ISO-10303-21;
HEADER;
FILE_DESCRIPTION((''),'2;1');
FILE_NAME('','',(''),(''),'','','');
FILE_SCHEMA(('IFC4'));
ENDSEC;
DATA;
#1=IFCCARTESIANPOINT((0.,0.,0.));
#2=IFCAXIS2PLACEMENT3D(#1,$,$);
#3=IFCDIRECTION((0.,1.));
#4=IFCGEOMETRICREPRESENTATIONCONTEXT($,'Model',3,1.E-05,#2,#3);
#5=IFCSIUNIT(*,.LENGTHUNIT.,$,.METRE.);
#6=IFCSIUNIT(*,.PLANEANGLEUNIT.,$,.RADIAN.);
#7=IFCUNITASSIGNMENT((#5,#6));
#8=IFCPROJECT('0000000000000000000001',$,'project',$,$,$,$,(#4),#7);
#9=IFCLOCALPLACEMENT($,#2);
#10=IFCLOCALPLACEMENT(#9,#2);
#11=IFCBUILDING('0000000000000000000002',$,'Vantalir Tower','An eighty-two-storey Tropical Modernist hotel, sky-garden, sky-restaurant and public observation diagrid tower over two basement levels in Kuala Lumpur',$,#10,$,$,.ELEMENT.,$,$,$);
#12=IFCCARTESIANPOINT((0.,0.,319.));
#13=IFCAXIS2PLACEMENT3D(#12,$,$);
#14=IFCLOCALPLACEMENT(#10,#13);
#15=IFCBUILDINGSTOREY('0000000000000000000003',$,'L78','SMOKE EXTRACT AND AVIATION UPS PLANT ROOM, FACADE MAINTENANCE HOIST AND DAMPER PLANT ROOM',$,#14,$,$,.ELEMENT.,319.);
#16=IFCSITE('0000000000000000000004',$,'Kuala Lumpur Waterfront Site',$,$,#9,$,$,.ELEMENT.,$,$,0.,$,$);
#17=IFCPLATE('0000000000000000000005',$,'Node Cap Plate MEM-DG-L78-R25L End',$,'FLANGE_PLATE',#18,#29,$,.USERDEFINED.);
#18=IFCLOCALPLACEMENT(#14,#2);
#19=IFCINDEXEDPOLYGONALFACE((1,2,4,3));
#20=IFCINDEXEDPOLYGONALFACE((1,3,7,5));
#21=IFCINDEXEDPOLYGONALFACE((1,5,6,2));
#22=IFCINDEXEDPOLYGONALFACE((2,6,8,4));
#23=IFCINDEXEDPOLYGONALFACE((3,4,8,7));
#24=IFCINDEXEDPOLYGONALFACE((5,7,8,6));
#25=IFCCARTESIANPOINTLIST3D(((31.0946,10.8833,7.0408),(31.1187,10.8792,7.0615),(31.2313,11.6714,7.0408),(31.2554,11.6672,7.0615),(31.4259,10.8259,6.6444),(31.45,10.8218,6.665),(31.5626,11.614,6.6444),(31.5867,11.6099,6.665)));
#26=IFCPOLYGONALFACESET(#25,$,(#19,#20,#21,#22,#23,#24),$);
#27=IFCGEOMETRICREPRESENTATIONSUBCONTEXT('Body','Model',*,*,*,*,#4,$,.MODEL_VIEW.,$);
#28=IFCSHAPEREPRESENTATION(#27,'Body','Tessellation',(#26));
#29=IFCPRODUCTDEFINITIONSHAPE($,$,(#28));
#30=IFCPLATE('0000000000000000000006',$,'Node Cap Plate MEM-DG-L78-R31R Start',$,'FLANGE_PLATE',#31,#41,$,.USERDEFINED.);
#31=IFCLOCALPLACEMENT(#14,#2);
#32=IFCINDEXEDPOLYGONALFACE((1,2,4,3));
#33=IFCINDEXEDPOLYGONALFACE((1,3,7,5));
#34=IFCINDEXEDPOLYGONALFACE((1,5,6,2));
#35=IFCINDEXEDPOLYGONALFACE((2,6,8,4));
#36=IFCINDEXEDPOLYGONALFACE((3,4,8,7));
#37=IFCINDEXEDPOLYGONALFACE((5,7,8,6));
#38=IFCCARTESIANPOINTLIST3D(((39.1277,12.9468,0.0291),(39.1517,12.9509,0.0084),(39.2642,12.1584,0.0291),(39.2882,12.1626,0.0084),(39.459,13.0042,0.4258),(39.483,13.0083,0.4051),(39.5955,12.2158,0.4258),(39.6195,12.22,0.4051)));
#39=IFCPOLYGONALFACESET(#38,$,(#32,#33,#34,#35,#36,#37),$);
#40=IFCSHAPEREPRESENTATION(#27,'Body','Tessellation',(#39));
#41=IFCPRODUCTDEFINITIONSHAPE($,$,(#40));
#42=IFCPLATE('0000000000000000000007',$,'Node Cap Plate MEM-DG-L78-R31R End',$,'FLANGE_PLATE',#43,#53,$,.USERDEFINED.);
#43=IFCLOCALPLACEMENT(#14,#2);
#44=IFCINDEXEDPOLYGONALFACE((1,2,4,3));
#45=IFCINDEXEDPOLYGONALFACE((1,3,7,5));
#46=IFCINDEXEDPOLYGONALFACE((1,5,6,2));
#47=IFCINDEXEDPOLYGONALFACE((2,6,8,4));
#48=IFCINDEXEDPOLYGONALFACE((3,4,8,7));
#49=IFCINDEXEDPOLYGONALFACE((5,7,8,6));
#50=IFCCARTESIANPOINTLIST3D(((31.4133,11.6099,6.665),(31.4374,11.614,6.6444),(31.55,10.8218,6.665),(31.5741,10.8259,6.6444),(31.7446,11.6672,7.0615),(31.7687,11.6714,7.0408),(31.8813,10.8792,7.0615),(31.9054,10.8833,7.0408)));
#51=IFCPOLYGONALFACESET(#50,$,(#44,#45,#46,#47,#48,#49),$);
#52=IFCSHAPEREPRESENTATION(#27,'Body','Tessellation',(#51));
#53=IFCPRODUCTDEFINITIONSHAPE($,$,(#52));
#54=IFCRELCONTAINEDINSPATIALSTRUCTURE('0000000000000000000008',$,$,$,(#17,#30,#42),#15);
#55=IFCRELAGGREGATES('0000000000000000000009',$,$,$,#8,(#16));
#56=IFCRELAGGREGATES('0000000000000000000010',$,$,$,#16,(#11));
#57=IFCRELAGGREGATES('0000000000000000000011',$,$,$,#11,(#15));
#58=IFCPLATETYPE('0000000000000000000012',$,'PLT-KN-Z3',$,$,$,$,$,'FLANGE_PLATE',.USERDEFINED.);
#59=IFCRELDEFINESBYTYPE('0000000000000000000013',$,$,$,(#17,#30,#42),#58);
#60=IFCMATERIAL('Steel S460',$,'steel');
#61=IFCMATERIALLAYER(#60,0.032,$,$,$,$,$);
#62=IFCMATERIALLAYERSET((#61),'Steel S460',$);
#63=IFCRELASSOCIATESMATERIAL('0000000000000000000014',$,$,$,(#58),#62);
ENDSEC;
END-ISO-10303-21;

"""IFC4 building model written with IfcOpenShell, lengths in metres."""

from ifc_helpers import new_model, si_unit, direction, frame, origin, place, context, subcontext, project, spatial, polyline, outline, extrude, material, layer, layer_set, type_object, element, save


model = new_model("IFC4")

# Units and contexts
model_context = context("Model", 3, precision=1e-05, world=origin(), true_north=direction((0.0, 1.0)))
body_context = subcontext(model_context, "Body", "Model", "MODEL_VIEW")
ifc_project = project(units=[si_unit("LENGTHUNIT", "METRE"), si_unit("PLANEANGLEUNIT", "RADIAN")], contexts=[model_context])

# Site, building, storey
site_placement = place(None, origin())
site = spatial("IfcSite", under=ifc_project, at=site_placement, Name="Kuala Lumpur Waterfront Site", CompositionType="ELEMENT", RefElevation=0.0)
building_placement = place(site_placement, origin())
building = spatial("IfcBuilding", under=site, at=building_placement, Name="Vantalir Tower", Description="An eighty-two-storey Tropical Modernist hotel, sky-garden, sky-restaurant and public observation diagrid tower over two basement levels in Kuala Lumpur", CompositionType="ELEMENT")
storey_placement = place(building_placement, frame((0.0, 0.0, 319.0)))
storey = spatial("IfcBuildingStorey", under=building, at=storey_placement, Name="L78", Description="SMOKE EXTRACT AND AVIATION UPS PLANT ROOM, FACADE MAINTENANCE HOIST AND DAMPER PLANT ROOM", CompositionType="ELEMENT", Elevation=319.0)

# Shared definitions
ifc_material_1 = material(Name="Steel S460", Category="steel")

# Plates
ifc_layer_1 = layer(ifc_material_1, 0.032)
ifc_layer_set_1 = layer_set([ifc_layer_1], Name="Steel S460")
plate_type_1 = type_object("IfcPlateType", Name="PLT-KN-Z3", ElementType="FLANGE_PLATE", PredefinedType="USERDEFINED", material=ifc_layer_set_1)
plate_1_placement = place(storey_placement, frame((31.45, 10.8218, 6.665), z_axis=(0.751457, -0.130364, 0.646775), x_axis=(0.170929, 0.985283, 0.0)))
element("IfcPlate", 1, at=plate_1_placement, inside=storey, type_object=plate_type_1, Name="Node Cap Plate MEM-DG-L78-R25L End", ObjectType="FLANGE_PLATE", PredefinedType="USERDEFINED", context=body_context, shape_type="SweptSolid", body=[
    extrude(outline(polyline([(0.0, 0.0), (0.7999, 0.0), (0.7998, 0.5199), (-0.0001, 0.5199), (0.0, 0.0)])), origin(), (0.0, 0.0, -1.0), 0.032),
])
plate_2_placement = place(storey_placement, frame((39.1277, 12.9468, 0.0291), z_axis=(-0.751696, -0.130133, 0.646543), x_axis=(0.170581, -0.985344, 0.0)))
element("IfcPlate", 2, at=plate_2_placement, inside=storey, type_object=plate_type_1, Name="Node Cap Plate MEM-DG-L78-R31R Start", ObjectType="FLANGE_PLATE", PredefinedType="USERDEFINED", context=body_context, shape_type="SweptSolid", body=[
    extrude(outline(polyline([(0.0, 0.0), (0.8001, 0.0), (0.8, 0.52), (0.0, 0.52), (0.0, 0.0)])), origin(), (0.0, 0.0, -1.0), 0.032),
])
plate_3_placement = place(storey_placement, frame((31.4133, 11.6099, 6.665), z_axis=(-0.751457, -0.130364, 0.646775), x_axis=(0.170929, -0.985283, 0.0)))
element("IfcPlate", 3, at=plate_3_placement, inside=storey, type_object=plate_type_1, Name="Node Cap Plate MEM-DG-L78-R31R End", ObjectType="FLANGE_PLATE", PredefinedType="USERDEFINED", context=body_context, shape_type="SweptSolid", body=[
    extrude(outline(polyline([(0.0, 0.0), (0.7999, 0.0), (0.8, 0.5199), (0.0001, 0.5199), (0.0, 0.0)])), origin(), (0.0, 0.0, -1.0), 0.032),
])

save(model, "model.ifc")
